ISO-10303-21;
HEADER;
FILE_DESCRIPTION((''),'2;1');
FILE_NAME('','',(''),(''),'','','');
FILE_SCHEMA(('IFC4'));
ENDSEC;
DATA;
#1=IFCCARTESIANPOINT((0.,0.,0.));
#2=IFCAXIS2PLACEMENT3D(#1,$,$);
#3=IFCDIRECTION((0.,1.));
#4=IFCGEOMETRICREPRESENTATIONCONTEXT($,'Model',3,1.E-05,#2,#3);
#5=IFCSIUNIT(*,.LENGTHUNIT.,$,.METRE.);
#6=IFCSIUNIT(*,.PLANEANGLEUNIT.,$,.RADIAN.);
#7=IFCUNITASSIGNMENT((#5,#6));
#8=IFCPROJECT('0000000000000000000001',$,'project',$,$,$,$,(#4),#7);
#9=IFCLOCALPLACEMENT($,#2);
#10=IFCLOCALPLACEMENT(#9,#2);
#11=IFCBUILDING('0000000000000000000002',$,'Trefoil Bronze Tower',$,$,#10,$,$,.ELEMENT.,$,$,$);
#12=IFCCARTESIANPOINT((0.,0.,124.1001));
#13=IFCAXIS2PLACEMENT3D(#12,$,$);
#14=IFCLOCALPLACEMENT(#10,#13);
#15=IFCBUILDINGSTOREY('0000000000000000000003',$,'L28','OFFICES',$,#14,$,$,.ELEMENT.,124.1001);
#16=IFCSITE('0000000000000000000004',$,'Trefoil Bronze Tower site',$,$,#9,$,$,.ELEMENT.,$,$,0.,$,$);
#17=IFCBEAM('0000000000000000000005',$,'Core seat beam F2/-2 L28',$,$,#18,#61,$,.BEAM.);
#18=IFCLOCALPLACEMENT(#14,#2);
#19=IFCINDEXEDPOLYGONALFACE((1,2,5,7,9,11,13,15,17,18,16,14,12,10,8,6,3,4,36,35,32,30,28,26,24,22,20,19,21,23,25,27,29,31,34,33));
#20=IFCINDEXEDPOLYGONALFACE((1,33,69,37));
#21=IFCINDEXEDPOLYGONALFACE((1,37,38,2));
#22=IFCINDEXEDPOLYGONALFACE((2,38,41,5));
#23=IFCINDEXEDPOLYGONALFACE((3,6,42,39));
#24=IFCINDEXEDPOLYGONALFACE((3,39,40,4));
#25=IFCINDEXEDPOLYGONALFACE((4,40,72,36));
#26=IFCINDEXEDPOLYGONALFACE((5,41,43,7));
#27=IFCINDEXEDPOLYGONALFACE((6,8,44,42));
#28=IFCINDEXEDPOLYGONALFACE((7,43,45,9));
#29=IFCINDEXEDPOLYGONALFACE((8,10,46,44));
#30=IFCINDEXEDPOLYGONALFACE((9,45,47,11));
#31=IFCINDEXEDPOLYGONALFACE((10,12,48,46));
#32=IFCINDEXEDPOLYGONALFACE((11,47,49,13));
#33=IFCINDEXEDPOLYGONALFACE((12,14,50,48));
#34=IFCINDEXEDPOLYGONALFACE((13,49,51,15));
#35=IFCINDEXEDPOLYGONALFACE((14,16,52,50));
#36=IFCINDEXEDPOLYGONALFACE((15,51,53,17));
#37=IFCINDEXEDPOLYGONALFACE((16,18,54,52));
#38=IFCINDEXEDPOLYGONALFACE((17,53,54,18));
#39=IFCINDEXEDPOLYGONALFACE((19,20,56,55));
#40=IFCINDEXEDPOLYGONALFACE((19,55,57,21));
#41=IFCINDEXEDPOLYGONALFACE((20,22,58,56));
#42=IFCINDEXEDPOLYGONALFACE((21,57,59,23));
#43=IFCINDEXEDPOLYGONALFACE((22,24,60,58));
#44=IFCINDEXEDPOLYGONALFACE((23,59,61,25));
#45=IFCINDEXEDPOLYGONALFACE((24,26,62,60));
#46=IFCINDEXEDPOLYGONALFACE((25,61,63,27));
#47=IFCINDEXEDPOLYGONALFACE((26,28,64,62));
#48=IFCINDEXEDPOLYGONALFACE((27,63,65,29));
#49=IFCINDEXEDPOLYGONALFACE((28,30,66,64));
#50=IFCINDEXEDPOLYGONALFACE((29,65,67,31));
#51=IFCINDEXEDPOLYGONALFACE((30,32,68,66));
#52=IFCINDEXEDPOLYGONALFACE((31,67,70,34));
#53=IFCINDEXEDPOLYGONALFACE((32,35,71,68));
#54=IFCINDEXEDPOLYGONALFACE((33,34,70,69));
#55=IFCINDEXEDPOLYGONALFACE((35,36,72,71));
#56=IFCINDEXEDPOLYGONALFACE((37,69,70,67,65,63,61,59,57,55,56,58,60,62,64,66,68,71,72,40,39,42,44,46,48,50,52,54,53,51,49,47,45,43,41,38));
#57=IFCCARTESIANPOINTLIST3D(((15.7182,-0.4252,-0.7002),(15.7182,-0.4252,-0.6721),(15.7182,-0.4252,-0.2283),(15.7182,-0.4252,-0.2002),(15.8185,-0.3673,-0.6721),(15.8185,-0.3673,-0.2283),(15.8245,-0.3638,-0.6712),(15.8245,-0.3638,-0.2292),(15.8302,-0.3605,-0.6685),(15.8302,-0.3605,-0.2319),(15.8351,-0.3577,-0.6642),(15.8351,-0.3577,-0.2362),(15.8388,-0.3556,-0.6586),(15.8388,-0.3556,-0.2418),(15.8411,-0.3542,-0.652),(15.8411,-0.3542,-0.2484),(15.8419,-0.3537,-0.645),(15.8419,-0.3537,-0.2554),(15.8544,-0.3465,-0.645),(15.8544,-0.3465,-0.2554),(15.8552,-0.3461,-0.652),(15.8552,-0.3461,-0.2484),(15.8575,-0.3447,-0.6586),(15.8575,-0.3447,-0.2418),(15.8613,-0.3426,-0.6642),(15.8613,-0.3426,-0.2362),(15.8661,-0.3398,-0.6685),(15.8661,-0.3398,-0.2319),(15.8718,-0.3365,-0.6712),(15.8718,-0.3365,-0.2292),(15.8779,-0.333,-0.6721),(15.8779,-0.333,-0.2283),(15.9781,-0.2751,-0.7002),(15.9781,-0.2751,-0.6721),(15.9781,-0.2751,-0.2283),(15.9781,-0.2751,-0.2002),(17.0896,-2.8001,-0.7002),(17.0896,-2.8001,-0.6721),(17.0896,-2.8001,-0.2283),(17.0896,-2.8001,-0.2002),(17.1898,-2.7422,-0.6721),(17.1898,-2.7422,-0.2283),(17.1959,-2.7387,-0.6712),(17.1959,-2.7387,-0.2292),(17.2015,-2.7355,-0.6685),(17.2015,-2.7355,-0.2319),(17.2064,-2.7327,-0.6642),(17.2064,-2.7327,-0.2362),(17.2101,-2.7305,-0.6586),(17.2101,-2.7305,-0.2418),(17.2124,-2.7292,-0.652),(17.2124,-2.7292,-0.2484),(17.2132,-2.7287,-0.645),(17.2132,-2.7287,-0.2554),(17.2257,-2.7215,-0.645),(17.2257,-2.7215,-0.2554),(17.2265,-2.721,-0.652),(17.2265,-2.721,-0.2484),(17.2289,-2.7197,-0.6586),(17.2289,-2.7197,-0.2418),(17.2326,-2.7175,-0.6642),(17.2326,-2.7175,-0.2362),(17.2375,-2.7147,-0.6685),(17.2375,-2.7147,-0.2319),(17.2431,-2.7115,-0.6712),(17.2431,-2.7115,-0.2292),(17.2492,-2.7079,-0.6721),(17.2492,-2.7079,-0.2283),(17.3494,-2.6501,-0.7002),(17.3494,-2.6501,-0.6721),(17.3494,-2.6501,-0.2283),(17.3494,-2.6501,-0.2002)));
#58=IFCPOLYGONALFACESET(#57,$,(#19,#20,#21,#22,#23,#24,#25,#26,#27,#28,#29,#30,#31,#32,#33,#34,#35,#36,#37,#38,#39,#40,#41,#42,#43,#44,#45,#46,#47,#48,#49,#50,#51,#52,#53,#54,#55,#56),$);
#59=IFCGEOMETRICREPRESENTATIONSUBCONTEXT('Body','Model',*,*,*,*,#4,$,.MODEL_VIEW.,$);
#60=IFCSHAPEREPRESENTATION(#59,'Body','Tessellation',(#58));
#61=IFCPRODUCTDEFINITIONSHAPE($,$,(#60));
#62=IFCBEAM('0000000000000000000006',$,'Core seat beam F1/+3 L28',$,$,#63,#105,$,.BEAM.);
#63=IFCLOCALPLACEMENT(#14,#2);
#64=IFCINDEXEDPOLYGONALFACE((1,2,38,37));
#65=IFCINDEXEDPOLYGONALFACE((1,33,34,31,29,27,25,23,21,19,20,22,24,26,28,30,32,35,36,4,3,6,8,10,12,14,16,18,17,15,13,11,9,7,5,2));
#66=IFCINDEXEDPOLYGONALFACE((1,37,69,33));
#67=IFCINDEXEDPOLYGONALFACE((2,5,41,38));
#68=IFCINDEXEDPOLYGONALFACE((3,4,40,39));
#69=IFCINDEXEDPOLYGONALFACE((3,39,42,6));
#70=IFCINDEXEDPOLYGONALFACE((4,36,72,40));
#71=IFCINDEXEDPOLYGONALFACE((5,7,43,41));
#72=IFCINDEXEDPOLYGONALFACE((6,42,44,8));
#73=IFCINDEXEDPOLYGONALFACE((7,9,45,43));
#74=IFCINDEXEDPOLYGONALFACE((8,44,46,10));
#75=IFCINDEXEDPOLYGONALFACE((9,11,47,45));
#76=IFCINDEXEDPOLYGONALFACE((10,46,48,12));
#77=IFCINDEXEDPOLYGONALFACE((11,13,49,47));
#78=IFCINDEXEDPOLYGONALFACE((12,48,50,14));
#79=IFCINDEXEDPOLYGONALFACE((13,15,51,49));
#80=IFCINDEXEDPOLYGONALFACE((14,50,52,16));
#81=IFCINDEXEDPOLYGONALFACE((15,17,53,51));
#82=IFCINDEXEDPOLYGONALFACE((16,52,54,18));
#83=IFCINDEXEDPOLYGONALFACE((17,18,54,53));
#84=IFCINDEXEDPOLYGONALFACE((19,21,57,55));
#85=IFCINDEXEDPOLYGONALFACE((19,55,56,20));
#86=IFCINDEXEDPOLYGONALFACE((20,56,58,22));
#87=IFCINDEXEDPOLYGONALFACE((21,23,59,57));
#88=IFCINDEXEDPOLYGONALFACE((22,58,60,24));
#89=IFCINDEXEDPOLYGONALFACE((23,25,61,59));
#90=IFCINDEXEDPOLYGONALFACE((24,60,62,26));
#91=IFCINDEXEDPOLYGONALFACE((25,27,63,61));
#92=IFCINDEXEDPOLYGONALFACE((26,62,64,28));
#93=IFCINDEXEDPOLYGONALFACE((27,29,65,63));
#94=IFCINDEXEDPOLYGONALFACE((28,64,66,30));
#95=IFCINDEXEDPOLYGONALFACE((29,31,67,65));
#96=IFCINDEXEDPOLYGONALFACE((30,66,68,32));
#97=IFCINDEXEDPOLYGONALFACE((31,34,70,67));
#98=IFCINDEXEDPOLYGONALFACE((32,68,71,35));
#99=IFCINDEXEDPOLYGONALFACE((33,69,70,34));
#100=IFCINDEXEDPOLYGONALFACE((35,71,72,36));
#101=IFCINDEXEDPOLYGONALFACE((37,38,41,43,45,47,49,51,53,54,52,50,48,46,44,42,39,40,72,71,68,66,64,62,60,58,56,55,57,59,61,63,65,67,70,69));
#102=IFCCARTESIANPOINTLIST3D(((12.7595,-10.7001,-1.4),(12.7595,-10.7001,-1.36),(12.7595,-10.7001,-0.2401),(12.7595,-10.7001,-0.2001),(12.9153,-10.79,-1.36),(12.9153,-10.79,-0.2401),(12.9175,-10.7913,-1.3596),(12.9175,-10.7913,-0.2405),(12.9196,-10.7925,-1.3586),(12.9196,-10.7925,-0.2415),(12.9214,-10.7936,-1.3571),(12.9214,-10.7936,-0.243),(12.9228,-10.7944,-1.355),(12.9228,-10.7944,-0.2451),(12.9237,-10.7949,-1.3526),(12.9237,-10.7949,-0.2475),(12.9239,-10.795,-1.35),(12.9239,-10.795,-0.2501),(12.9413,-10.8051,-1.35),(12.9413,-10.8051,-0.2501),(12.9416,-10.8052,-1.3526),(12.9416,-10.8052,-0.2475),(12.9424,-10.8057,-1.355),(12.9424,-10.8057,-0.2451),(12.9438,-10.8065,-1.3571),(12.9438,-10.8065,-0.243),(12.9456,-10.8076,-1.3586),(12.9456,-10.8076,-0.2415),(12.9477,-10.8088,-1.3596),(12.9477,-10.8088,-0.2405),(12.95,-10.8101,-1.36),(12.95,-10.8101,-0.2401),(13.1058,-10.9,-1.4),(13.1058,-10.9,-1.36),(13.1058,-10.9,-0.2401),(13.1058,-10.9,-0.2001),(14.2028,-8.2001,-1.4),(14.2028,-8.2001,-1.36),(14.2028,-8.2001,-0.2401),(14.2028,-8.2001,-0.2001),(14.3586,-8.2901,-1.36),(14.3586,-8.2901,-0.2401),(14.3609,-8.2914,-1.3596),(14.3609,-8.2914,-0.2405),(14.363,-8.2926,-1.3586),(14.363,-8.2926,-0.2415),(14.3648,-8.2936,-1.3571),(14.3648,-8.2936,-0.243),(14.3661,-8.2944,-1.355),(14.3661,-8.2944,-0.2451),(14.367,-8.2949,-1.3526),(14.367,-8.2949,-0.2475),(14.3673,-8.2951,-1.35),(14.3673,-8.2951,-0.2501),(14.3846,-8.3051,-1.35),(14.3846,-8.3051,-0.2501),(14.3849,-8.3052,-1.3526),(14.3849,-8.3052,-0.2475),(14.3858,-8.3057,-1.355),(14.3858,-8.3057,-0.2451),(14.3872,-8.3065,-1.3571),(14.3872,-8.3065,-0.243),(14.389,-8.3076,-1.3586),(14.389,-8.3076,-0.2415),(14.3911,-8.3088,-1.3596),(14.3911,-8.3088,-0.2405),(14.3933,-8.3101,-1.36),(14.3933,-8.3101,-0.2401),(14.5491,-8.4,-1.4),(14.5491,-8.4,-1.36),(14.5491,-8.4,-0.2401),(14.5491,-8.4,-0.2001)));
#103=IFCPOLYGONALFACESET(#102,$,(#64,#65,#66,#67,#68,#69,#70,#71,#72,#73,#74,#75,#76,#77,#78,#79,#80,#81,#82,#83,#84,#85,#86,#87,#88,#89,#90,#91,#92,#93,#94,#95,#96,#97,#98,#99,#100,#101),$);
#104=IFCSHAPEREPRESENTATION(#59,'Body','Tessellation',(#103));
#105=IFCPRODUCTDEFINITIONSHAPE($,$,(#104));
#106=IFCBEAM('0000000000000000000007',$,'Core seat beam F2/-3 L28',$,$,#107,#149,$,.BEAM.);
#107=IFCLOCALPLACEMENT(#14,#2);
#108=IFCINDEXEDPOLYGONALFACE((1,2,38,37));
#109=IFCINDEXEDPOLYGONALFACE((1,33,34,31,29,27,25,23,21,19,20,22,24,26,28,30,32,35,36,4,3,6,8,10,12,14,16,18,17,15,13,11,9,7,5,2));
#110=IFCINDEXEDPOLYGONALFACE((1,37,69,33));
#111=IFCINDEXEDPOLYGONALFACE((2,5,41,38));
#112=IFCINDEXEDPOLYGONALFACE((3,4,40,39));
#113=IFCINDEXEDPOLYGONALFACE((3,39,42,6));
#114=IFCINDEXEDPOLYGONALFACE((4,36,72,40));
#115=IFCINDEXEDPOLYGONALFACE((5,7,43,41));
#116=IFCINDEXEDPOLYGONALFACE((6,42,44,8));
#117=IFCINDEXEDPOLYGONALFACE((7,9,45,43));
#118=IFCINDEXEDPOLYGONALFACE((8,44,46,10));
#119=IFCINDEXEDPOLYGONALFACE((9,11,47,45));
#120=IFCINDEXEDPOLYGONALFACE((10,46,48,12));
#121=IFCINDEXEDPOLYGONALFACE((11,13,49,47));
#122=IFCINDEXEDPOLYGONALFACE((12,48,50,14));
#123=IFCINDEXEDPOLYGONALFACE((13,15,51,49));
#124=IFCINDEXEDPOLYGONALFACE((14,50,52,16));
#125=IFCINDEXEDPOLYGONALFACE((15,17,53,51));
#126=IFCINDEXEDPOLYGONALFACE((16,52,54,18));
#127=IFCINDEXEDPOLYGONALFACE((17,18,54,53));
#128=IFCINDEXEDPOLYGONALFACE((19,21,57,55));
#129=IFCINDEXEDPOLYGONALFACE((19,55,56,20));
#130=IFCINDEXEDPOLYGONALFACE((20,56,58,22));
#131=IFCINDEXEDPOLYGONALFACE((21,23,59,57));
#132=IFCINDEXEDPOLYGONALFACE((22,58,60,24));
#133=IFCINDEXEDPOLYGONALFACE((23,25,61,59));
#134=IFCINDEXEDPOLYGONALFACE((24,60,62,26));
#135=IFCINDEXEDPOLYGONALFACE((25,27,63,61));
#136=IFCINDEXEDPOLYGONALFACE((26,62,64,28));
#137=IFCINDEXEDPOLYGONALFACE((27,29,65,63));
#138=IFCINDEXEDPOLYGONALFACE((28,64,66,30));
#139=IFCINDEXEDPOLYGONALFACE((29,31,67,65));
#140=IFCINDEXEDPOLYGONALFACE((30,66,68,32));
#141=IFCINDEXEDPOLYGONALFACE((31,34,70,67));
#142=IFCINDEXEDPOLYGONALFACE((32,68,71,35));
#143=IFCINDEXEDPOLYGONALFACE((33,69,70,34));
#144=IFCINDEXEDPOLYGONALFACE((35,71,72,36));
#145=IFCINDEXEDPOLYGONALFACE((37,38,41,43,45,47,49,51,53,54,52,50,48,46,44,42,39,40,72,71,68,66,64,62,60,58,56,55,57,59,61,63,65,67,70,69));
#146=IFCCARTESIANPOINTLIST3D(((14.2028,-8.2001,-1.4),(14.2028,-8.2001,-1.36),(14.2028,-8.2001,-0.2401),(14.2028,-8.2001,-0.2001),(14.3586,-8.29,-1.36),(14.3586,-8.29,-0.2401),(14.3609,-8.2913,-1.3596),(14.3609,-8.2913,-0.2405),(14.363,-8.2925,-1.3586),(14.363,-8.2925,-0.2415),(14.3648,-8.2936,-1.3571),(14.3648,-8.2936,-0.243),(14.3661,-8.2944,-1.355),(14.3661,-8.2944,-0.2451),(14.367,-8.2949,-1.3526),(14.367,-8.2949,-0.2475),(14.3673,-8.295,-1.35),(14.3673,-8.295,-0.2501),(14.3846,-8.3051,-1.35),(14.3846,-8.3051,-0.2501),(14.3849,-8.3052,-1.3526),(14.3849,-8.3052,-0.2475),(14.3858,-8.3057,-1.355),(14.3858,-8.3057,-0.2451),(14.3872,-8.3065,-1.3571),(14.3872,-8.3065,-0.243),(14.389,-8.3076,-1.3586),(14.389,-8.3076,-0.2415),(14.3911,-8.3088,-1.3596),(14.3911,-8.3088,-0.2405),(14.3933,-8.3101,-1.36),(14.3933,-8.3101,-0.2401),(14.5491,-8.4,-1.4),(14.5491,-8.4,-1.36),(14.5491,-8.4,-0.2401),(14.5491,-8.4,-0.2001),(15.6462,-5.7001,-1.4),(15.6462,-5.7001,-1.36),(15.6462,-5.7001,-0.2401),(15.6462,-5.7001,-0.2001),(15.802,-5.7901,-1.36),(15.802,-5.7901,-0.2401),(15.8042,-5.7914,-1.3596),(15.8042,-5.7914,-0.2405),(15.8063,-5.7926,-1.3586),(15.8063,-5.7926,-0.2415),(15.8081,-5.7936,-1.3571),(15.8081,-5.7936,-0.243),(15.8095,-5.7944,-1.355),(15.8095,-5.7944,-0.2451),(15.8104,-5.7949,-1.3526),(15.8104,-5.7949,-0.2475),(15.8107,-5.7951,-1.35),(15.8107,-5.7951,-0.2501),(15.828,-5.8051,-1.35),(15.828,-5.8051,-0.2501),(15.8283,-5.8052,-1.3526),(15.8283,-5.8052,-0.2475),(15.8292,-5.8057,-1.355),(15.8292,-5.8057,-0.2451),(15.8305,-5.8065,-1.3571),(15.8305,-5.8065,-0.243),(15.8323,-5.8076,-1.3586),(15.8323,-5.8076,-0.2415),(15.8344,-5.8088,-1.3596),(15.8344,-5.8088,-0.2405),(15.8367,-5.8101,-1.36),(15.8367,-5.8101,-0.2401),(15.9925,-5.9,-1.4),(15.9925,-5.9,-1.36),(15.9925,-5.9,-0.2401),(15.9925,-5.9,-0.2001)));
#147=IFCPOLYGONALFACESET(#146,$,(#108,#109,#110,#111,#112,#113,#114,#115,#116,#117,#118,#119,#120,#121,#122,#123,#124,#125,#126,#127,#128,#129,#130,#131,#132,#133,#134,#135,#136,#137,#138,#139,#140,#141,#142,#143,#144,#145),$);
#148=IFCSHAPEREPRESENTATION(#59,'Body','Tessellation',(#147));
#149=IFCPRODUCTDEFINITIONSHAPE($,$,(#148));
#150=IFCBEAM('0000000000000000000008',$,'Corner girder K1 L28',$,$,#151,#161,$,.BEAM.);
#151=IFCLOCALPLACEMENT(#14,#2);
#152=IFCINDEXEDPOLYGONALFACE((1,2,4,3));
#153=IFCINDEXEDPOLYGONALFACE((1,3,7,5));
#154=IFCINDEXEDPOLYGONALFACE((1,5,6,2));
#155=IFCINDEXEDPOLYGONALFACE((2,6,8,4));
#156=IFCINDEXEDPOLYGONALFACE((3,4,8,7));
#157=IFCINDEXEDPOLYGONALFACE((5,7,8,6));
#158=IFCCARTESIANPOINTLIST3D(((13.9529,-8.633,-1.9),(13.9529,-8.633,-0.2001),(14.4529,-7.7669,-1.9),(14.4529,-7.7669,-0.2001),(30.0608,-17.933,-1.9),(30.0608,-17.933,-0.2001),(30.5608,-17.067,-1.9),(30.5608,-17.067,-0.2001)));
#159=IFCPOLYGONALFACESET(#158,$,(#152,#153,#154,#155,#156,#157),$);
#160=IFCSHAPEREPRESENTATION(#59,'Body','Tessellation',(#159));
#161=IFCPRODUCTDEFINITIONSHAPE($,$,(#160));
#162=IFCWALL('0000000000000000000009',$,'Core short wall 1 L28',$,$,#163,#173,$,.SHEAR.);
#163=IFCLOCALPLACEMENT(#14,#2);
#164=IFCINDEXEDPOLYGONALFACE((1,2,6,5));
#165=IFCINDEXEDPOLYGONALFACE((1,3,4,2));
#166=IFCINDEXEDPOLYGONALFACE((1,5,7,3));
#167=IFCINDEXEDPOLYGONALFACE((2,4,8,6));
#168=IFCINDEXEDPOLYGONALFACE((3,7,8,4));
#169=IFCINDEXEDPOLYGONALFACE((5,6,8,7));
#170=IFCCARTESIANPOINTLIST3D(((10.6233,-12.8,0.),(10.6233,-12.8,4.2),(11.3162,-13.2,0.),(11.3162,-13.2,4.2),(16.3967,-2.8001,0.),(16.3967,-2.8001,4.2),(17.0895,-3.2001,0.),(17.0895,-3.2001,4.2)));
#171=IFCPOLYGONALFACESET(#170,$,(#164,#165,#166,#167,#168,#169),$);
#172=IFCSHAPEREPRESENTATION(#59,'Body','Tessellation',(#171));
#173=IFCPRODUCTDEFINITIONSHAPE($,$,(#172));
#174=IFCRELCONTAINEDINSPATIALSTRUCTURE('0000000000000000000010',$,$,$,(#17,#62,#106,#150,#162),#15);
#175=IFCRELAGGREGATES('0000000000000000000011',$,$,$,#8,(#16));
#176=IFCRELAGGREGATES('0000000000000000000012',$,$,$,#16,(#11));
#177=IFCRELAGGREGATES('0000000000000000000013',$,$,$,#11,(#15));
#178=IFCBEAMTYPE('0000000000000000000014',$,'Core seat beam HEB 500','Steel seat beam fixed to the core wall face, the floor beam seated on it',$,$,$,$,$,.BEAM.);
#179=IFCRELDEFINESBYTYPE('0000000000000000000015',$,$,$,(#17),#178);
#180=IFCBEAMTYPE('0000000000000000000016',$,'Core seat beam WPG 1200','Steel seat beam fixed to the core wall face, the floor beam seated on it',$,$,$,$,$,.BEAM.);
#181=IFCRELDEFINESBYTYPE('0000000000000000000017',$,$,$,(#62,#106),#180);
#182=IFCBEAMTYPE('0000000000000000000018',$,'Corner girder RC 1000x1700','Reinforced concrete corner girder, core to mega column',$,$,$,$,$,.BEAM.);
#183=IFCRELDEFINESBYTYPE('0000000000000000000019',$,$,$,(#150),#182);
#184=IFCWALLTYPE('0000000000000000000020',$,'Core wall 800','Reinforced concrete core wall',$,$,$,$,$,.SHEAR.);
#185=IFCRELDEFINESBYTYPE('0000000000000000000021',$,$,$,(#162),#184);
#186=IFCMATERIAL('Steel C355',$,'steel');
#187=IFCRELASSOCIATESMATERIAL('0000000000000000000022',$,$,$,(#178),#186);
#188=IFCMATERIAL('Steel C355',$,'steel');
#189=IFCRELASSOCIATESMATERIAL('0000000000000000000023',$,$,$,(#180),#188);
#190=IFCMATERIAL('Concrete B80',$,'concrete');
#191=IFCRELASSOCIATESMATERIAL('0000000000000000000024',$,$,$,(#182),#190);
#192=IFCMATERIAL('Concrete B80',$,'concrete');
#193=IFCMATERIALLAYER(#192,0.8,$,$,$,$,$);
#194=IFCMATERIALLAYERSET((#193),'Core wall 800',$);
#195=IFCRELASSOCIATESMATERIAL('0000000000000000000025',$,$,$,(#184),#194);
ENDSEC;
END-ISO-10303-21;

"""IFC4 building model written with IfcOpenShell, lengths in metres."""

from ifc_helpers import new_model, si_unit, direction, frame, frame_2d, origin, origin_2d, place, context, subcontext, project, spatial, rectangle, i_section, extrude, material, layer, layer_set, material_profile, profile_set, type_object, element, save


model = new_model("IFC4")

# Units and contexts
model_context = context("Model", 3, precision=1e-05, world=origin(), true_north=direction((0.0, 1.0)))
body_context = subcontext(model_context, "Body", "Model", "MODEL_VIEW")
ifc_project = project(units=[si_unit("LENGTHUNIT", "METRE"), si_unit("PLANEANGLEUNIT", "RADIAN")], contexts=[model_context])

# Site, building, storey
site_placement = place(None, origin())
site = spatial("IfcSite", under=ifc_project, at=site_placement, Name="Trefoil Bronze Tower site", CompositionType="ELEMENT", RefElevation=0.0)
building_placement = place(site_placement, origin())
building = spatial("IfcBuilding", under=site, at=building_placement, Name="Trefoil Bronze Tower", CompositionType="ELEMENT")
storey_placement = place(building_placement, frame((0.0, 0.0, 124.1001)))
storey = spatial("IfcBuildingStorey", under=building, at=storey_placement, Name="L28", Description="OFFICES", CompositionType="ELEMENT", Elevation=124.1001)

# Beams
ifc_material_1 = material(Name="Steel C355", Category="steel")
ifc_material_profile_1 = material_profile(ifc_material_1, i_section(OverallWidth=0.3, OverallDepth=0.5, WebThickness=0.0144, FlangeThickness=0.0281, FilletRadius=0.0271, at=origin_2d()), Name="HEB 500")
ifc_profile_set_1 = profile_set([ifc_material_profile_1], Name="Steel C355")
beam_type_1 = type_object("IfcBeamType", Name="Core seat beam HEB 500", Description="Steel seat beam fixed to the core wall face, the floor beam seated on it", PredefinedType="BEAM", material=ifc_profile_set_1)
beam_1_placement = place(storey_placement, frame((17.2195, -2.7251, -0.4502), z_axis=(-0.500036, 0.866005, 0.0), x_axis=(-0.866005, -0.500036, 0.0)))
element("IfcBeam", 1, at=beam_1_placement, inside=storey, type_object=beam_type_1, Name="Core seat beam F2/-2 L28", PredefinedType="BEAM", context=body_context, shape_type="SweptSolid", body=[
    extrude(i_section(OverallWidth=0.3, OverallDepth=0.5, WebThickness=0.0144, FlangeThickness=0.0281, FilletRadius=0.0271, at=origin_2d()), origin(), (0.0, 0.0, 1.0), 2.7424),
])
ifc_material_2 = material(Name="Steel C355", Category="steel")
ifc_material_profile_2 = material_profile(ifc_material_2, i_section(OverallWidth=0.3999, OverallDepth=1.2, WebThickness=0.02, FlangeThickness=0.04, FilletRadius=0.01, at=origin_2d()), Name="WPG 1200")
ifc_profile_set_2 = profile_set([ifc_material_profile_2], Name="Steel C355")
beam_type_2 = type_object("IfcBeamType", Name="Core seat beam WPG 1200", Description="Steel seat beam fixed to the core wall face, the floor beam seated on it", PredefinedType="BEAM", material=ifc_profile_set_2)
for number, where, z_axis, x_axis, name in (
    (2, (12.9326, -10.8, -0.8), (0.499996, 0.866028, 0.0), (-0.866028, 0.499996, 0.0), "Core seat beam F1/+3 L28"),
    (3, (14.376, -8.3, -0.8), (0.499996, 0.866028, 0.0), (-0.866028, 0.499996, 0.0), "Core seat beam F2/-3 L28"),
):
    element("IfcBeam", number, at=place(storey_placement, frame(where, z_axis=z_axis, x_axis=x_axis)), inside=storey, type_object=beam_type_2, Name=name, PredefinedType="BEAM", context=body_context, shape_type="SweptSolid", body=[
        extrude(i_section(OverallWidth=0.3999, OverallDepth=1.2, WebThickness=0.02, FlangeThickness=0.04, FilletRadius=0.01, at=origin_2d()), origin(), (0.0, 0.0, 1.0), 2.8867),
    ])
ifc_material_3 = material(Name="Concrete B80", Category="concrete")
ifc_material_profile_3 = material_profile(ifc_material_3, rectangle(XDim=1.0, YDim=1.7, at=origin_2d()), Name="RC 1000x1700")
ifc_profile_set_3 = profile_set([ifc_material_profile_3], Name="Concrete B80")
beam_type_3 = type_object("IfcBeamType", Name="Corner girder RC 1000x1700", Description="Reinforced concrete corner girder, core to mega column", PredefinedType="BEAM", material=ifc_profile_set_3)
beam_2_placement = place(storey_placement, frame((14.2029, -8.2, -1.05), z_axis=(0.866022, -0.500006, 0.0), x_axis=(0.500006, 0.866022, 0.0)))
element("IfcBeam", 4, at=beam_2_placement, inside=storey, type_object=beam_type_3, Name="Corner girder K1 L28", PredefinedType="BEAM", context=body_context, shape_type="SweptSolid", body=[
    extrude(rectangle(XDim=1.0, YDim=1.7, at=origin_2d()), origin(), (0.0, 0.0, 1.0), 18.5999),
])

# Wall
ifc_material_4 = material(Name="Concrete B80", Category="concrete")
ifc_layer_1 = layer(ifc_material_4, 0.8)
ifc_layer_set_1 = layer_set([ifc_layer_1], Name="Core wall 800")
wall_type_1 = type_object("IfcWallType", Name="Core wall 800", Description="Reinforced concrete core wall", PredefinedType="SHEAR", material=ifc_layer_set_1)
wall_1_placement = place(storey_placement, frame((10.9697, -13.0, 0.0), z_axis=(0.0, 0.0, 1.0), x_axis=(0.499996, 0.866028, 0.0)))
element("IfcWall", 5, at=wall_1_placement, inside=storey, type_object=wall_type_1, Name="Core short wall 1 L28", PredefinedType="SHEAR", context=body_context, shape_type="SweptSolid", body=[
    extrude(rectangle(XDim=11.5469, YDim=0.8, at=frame_2d((5.7734, 0.0))), origin(), (0.0, 0.0, 1.0), 4.2),
])

save(model, "model.ifc")
